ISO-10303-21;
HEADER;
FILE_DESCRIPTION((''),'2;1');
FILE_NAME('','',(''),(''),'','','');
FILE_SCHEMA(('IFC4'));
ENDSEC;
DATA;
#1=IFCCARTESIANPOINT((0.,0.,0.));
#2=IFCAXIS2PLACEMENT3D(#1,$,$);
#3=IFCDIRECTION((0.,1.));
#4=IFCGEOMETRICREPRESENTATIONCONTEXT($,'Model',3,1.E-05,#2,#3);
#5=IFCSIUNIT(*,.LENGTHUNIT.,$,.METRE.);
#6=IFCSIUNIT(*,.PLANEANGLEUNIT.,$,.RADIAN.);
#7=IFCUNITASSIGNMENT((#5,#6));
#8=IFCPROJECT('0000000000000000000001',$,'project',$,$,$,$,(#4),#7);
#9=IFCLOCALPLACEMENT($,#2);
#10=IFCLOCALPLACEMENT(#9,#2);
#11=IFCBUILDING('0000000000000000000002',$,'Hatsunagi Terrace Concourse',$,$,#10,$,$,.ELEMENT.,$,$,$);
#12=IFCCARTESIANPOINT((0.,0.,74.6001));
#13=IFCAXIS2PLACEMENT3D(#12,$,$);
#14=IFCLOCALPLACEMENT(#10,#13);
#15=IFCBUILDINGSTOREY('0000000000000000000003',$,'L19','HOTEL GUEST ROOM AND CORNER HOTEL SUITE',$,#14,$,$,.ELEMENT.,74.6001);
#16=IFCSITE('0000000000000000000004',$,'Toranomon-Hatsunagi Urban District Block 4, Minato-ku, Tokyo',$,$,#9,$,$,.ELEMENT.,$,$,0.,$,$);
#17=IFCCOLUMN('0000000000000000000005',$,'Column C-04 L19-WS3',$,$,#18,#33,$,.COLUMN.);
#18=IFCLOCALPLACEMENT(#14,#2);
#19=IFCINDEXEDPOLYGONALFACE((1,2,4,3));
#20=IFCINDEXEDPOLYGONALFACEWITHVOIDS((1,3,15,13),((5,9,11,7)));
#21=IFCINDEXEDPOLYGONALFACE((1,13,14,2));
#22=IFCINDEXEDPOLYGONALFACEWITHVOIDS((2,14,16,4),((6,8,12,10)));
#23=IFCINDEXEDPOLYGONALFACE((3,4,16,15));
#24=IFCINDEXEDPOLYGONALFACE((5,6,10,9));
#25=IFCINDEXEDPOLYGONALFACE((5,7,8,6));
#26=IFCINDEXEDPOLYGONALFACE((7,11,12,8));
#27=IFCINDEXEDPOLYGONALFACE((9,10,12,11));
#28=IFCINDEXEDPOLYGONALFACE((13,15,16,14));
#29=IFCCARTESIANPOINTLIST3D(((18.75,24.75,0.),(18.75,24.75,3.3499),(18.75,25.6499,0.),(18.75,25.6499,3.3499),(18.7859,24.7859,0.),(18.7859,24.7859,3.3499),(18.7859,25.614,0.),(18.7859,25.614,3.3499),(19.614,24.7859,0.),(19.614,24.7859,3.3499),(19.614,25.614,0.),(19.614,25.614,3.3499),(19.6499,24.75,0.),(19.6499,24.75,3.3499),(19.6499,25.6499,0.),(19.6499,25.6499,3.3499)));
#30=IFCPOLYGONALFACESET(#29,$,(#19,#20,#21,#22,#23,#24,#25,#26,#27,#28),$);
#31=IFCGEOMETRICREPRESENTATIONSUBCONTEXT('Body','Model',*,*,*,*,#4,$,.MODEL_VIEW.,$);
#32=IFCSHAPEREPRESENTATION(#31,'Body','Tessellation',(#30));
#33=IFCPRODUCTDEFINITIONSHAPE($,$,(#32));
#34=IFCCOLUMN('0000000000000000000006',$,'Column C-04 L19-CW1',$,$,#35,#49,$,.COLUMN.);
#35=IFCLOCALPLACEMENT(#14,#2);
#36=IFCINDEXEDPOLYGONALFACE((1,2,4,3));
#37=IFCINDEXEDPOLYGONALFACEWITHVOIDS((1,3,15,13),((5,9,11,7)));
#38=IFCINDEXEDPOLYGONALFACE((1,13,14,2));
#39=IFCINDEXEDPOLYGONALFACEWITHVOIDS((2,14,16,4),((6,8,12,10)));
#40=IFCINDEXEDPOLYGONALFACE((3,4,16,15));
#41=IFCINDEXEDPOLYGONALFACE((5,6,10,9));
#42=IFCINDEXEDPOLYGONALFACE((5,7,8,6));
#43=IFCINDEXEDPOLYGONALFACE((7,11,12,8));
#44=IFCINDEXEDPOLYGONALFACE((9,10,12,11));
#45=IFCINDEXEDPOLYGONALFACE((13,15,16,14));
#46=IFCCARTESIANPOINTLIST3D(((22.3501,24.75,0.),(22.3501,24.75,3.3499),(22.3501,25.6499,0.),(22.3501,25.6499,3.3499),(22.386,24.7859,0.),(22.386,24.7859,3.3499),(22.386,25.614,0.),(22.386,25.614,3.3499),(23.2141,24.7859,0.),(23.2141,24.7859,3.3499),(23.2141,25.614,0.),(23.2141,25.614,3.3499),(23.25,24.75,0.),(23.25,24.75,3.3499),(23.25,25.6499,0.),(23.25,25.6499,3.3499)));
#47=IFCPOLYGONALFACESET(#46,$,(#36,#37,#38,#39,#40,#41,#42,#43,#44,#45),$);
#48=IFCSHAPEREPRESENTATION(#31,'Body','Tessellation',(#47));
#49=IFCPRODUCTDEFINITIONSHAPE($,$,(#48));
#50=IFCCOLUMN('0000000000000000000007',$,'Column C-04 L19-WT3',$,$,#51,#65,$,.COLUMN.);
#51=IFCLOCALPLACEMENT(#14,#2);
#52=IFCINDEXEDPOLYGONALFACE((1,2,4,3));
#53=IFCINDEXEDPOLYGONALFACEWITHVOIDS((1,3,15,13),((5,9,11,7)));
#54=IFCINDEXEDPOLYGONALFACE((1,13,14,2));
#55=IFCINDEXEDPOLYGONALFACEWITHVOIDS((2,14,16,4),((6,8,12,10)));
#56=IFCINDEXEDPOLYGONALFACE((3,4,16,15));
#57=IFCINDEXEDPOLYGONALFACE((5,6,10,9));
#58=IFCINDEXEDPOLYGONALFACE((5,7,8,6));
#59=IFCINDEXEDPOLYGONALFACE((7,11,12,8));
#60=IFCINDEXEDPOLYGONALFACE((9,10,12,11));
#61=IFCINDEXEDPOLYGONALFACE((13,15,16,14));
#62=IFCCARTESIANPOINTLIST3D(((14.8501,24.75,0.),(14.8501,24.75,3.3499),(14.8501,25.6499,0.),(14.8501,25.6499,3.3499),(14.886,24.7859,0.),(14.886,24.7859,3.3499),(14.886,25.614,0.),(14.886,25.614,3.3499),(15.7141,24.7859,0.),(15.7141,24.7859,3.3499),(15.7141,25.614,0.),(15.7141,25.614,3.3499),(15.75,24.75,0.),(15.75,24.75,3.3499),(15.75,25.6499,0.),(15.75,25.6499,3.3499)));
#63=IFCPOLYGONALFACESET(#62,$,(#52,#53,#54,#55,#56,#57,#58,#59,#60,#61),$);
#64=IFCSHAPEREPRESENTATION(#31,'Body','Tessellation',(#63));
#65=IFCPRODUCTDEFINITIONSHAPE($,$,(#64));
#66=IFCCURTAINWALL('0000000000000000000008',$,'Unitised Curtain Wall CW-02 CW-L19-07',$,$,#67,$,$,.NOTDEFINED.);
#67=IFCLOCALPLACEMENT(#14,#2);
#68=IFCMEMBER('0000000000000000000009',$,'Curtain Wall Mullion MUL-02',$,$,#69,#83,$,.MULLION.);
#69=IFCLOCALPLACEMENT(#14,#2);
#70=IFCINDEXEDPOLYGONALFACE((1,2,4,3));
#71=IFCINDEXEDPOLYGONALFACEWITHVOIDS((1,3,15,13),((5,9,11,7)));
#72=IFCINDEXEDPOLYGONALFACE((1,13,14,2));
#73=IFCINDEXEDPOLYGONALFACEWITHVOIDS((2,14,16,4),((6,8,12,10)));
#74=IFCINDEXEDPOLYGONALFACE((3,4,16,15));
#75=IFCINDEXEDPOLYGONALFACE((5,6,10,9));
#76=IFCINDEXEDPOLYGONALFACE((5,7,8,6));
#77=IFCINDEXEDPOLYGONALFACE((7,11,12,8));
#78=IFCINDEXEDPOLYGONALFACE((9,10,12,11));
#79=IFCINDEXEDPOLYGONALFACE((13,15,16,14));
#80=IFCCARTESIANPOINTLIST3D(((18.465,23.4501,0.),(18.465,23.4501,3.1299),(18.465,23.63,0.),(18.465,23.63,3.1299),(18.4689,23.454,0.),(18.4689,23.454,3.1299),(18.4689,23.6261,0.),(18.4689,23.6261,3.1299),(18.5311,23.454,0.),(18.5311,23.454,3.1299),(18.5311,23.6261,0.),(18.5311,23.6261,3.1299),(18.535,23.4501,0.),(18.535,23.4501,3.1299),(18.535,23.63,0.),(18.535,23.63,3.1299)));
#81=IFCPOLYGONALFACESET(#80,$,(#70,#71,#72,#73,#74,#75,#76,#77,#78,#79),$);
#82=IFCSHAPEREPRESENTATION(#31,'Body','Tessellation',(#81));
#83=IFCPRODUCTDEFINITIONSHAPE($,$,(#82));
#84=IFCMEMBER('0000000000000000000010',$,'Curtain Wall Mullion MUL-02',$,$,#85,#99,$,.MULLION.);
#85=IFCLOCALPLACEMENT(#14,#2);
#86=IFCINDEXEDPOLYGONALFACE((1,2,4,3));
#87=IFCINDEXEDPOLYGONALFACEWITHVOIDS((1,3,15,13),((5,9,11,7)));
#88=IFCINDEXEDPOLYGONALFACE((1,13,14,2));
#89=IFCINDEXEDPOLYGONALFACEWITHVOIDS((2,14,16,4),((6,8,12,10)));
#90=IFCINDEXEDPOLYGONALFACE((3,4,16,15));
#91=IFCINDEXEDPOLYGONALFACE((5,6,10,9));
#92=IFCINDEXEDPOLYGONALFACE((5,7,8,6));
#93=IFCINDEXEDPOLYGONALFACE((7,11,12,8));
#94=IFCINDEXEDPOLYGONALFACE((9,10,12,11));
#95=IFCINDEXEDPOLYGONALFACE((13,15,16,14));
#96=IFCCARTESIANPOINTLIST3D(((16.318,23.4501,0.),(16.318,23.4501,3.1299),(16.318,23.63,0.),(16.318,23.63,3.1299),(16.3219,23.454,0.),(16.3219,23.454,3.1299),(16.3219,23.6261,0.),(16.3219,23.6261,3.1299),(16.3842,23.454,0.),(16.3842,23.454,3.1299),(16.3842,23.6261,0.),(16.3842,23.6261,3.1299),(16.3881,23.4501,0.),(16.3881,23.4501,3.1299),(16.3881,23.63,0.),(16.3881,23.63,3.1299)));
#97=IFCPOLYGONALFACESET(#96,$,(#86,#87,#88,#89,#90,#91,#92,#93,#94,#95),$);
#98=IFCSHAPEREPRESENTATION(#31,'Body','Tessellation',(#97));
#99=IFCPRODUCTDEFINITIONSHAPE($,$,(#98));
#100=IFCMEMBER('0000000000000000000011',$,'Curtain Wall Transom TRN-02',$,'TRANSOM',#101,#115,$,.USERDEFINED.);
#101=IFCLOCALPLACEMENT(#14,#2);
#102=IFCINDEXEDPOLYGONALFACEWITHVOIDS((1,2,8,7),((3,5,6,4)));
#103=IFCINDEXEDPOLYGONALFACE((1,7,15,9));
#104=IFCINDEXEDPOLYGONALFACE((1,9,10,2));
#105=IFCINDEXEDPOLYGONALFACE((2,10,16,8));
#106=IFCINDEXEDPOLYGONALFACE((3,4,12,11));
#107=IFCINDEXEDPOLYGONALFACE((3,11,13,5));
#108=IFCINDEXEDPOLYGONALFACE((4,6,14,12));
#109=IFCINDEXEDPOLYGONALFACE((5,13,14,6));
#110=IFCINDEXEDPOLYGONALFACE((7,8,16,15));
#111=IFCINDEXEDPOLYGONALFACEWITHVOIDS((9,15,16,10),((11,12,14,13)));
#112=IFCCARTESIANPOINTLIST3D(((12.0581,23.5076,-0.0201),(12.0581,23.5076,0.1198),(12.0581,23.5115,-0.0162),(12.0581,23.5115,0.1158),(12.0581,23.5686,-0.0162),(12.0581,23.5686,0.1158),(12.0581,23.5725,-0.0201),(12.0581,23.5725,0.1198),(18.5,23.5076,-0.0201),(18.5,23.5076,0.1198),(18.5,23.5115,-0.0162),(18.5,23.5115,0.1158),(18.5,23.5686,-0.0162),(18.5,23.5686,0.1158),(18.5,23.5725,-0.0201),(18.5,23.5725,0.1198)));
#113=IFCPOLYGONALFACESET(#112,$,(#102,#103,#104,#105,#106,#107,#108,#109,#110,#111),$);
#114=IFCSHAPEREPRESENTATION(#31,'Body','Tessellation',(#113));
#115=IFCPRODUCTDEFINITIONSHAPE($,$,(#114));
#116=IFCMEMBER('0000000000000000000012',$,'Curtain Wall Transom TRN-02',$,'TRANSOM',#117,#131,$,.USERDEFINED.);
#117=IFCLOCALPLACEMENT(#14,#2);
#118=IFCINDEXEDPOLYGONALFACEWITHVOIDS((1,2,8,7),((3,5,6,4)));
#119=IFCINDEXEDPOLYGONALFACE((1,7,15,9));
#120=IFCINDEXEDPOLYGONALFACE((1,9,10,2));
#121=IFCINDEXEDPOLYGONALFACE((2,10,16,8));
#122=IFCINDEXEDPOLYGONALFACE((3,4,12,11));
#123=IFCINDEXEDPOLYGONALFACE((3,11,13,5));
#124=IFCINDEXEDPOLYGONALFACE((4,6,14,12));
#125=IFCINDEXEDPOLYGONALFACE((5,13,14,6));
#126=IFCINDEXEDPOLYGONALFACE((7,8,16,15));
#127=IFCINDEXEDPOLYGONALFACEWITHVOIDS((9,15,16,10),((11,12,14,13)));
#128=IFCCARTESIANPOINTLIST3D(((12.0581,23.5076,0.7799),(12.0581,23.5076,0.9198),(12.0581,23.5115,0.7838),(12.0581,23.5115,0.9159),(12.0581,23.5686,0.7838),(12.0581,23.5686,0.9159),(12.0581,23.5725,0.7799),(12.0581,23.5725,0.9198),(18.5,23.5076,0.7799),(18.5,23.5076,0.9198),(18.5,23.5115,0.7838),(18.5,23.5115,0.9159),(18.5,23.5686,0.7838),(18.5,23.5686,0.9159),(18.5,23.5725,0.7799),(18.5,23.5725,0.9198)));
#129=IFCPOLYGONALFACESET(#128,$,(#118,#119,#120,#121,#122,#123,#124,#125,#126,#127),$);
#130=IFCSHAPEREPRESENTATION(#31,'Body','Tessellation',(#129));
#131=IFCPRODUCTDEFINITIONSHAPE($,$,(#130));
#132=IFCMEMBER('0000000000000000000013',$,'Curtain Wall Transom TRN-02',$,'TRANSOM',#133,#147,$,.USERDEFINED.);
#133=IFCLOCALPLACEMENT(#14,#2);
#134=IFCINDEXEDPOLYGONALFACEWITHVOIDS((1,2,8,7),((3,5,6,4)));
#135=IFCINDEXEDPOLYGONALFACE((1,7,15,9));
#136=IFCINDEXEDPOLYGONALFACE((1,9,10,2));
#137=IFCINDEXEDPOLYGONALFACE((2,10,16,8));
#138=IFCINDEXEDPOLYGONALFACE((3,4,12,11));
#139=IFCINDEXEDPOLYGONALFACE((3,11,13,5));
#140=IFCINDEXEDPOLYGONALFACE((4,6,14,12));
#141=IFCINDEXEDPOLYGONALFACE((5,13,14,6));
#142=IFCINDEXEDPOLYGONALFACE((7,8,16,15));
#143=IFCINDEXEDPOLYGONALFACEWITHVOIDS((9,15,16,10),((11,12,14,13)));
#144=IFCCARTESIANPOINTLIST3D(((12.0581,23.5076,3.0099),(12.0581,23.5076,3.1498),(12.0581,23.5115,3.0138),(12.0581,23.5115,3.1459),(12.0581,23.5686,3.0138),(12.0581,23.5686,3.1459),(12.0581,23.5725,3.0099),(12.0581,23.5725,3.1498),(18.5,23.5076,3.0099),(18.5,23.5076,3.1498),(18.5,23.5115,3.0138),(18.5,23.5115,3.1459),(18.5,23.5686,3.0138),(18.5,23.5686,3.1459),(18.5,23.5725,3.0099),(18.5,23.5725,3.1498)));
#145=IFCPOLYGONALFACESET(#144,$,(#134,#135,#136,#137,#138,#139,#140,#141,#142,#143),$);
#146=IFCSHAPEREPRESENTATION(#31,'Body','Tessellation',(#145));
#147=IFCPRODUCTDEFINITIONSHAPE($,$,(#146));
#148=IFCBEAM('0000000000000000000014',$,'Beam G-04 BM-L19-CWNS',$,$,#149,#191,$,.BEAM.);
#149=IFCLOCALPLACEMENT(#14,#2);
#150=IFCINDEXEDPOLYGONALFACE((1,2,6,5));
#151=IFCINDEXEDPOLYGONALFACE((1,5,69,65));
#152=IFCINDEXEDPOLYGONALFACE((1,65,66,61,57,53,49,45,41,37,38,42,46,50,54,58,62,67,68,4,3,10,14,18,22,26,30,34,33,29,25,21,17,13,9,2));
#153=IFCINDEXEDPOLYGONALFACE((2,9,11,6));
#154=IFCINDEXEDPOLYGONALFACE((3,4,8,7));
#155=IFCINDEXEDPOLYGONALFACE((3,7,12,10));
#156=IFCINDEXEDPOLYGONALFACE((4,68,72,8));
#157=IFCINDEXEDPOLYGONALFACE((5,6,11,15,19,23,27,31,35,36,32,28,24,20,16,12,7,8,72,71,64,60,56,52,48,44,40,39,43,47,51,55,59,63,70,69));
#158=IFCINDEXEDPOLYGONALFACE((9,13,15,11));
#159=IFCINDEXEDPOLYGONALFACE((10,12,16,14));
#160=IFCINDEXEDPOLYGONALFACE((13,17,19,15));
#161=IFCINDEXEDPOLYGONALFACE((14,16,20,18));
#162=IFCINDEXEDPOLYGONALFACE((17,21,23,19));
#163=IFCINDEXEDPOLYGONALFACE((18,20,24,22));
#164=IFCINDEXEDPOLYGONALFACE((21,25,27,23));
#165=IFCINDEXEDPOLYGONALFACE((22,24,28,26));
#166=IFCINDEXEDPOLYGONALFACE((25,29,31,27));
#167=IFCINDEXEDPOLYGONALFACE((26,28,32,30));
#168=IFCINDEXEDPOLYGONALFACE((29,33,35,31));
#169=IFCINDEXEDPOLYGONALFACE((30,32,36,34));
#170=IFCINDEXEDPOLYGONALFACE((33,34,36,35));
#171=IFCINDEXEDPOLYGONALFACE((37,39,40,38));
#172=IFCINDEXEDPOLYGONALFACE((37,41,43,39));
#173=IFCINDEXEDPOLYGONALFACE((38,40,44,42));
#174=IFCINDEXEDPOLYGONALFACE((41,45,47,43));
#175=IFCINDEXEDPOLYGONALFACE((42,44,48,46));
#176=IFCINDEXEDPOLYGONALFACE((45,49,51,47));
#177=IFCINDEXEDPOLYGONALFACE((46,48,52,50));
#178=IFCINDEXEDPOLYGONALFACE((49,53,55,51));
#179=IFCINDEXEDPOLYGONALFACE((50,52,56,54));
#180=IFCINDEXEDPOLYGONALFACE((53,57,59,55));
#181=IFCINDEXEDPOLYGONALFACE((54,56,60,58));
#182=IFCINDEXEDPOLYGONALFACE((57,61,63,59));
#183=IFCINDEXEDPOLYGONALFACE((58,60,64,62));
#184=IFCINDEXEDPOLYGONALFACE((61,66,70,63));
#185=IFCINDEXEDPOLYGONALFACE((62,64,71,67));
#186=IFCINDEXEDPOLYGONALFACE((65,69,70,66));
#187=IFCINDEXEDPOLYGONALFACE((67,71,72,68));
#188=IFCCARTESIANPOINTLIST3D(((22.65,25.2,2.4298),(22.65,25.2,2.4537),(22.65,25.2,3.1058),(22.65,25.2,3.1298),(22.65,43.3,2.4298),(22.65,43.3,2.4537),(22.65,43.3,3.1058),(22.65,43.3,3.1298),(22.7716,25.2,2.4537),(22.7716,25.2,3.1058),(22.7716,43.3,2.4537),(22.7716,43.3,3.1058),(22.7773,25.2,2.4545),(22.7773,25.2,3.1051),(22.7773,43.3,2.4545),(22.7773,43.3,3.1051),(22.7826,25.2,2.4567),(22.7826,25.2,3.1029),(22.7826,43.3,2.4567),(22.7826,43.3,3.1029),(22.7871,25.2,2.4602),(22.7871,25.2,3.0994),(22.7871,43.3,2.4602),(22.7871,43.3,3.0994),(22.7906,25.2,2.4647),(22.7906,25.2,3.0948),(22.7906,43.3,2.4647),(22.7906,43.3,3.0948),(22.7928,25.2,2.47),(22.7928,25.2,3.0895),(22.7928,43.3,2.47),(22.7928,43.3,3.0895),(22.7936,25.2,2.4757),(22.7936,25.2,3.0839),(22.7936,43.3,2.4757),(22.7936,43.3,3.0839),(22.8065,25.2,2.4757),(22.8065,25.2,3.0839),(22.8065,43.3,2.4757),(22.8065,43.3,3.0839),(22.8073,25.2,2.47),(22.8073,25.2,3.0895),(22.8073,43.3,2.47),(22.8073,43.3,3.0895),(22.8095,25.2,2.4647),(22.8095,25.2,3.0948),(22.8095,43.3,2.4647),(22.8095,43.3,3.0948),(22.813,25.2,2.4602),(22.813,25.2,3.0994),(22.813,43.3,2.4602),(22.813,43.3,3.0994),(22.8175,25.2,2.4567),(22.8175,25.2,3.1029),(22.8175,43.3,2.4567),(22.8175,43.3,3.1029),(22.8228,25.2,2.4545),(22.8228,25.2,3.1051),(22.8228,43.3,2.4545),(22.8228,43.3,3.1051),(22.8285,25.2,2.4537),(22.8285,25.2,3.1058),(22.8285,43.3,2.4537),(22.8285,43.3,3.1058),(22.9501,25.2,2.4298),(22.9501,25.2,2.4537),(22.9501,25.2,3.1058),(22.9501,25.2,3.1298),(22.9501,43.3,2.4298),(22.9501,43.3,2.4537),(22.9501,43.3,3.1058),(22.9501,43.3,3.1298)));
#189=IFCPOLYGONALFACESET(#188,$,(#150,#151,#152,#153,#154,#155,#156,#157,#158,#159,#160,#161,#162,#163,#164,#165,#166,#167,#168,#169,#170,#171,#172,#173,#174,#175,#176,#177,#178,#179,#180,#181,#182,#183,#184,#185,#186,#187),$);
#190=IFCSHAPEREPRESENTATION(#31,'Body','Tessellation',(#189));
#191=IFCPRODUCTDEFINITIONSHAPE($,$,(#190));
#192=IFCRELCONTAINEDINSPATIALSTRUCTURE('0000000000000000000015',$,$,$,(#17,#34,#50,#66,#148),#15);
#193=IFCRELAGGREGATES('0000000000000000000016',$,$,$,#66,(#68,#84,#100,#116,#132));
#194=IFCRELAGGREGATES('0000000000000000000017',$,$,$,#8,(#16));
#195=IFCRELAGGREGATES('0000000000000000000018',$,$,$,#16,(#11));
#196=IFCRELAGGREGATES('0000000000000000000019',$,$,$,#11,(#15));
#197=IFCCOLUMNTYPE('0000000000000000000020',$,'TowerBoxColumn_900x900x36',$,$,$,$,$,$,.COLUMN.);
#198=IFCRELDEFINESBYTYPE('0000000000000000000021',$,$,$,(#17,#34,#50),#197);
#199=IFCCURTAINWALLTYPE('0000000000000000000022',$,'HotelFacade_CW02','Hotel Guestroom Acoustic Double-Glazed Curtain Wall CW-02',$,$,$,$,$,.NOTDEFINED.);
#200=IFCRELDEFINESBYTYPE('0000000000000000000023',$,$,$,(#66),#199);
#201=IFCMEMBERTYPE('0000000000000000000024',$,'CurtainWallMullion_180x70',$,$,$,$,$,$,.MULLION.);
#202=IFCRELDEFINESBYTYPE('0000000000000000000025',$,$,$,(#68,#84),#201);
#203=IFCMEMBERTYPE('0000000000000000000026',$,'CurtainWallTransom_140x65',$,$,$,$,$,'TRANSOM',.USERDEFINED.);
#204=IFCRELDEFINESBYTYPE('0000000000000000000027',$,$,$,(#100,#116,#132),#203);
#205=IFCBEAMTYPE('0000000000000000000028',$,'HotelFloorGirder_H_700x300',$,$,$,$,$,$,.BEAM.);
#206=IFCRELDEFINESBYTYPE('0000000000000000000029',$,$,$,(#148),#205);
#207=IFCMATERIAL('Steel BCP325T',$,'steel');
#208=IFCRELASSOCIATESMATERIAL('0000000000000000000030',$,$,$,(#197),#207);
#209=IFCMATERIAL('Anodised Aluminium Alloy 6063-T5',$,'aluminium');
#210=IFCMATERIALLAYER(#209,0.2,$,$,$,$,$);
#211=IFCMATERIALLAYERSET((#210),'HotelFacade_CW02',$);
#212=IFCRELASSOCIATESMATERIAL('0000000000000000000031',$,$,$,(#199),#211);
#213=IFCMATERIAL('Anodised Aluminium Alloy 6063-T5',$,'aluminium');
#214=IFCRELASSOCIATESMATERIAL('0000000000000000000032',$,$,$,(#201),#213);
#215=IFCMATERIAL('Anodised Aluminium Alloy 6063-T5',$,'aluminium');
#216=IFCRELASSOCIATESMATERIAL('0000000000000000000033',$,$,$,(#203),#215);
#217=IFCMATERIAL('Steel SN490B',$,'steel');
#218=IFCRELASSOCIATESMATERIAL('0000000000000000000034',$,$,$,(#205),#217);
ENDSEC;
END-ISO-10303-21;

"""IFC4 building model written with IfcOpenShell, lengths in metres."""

from ifc_helpers import new_model, si_unit, direction, frame, origin, origin_2d, place, context, subcontext, project, spatial, hollow_rectangle, i_section, extrude, material, layer, layer_set, material_profile, profile_set, type_object, element, aggregate, save


model = new_model("IFC4")

# Units and contexts
model_context = context("Model", 3, precision=1e-05, world=origin(), true_north=direction((0.0, 1.0)))
body_context = subcontext(model_context, "Body", "Model", "MODEL_VIEW")
ifc_project = project(units=[si_unit("LENGTHUNIT", "METRE"), si_unit("PLANEANGLEUNIT", "RADIAN")], contexts=[model_context])

# Site, building, storey
site_placement = place(None, origin())
site = spatial("IfcSite", under=ifc_project, at=site_placement, Name="Toranomon-Hatsunagi Urban District Block 4, Minato-ku, Tokyo", CompositionType="ELEMENT", RefElevation=0.0)
building_placement = place(site_placement, origin())
building = spatial("IfcBuilding", under=site, at=building_placement, Name="Hatsunagi Terrace Concourse", CompositionType="ELEMENT")
storey_placement = place(building_placement, frame((0.0, 0.0, 74.6001)))
storey = spatial("IfcBuildingStorey", under=building, at=storey_placement, Name="L19", Description="HOTEL GUEST ROOM AND CORNER HOTEL SUITE", CompositionType="ELEMENT", Elevation=74.6001)

# Columns
ifc_material_1 = material(Name="Steel BCP325T", Category="steel")
ifc_material_profile_1 = material_profile(ifc_material_1, hollow_rectangle(XDim=0.8999, YDim=0.8999, WallThickness=0.0359, at=origin_2d()), Name="BCP-900x900x36")
ifc_profile_set_1 = profile_set([ifc_material_profile_1], Name="Steel BCP325T")
column_type = type_object("IfcColumnType", Name="TowerBoxColumn_900x900x36", PredefinedType="COLUMN", material=ifc_profile_set_1)
for number, where, z_axis, x_axis, name in (
    (1, (19.2, 25.2, 0.0), (0.0, 0.0, 1.0), (1.0, 0.0, 0.0), "Column C-04 L19-WS3"),
    (2, (22.8, 25.2, 0.0), (0.0, 0.0, 1.0), (1.0, 0.0, 0.0), "Column C-04 L19-CW1"),
    (3, (15.3, 25.2, 0.0), (0.0, 0.0, 1.0), (1.0, 0.0, 0.0), "Column C-04 L19-WT3"),
):
    element("IfcColumn", number, at=place(storey_placement, frame(where, z_axis=z_axis, x_axis=x_axis)), inside=storey, type_object=column_type, Name=name, PredefinedType="COLUMN", context=body_context, shape_type="SweptSolid", body=[
        extrude(hollow_rectangle(XDim=0.8999, YDim=0.8999, WallThickness=0.0359, at=origin_2d()), origin(), (0.0, 0.0, 1.0), 3.3499),
    ])

# Curtain wall, members
ifc_material_2 = material(Name="Anodised Aluminium Alloy 6063-T5", Category="aluminium")
ifc_layer_1 = layer(ifc_material_2, 0.2)
ifc_layer_set_1 = layer_set([ifc_layer_1], Name="HotelFacade_CW02")
curtain_wall_type = type_object("IfcCurtainWallType", Name="HotelFacade_CW02", Description="Hotel Guestroom Acoustic Double-Glazed Curtain Wall CW-02", PredefinedType="NOTDEFINED", material=ifc_layer_set_1)
curtain_wall_placement = place(storey_placement, origin())
curtain_wall = element("IfcCurtainWall", 4, at=curtain_wall_placement, inside=storey, type_object=curtain_wall_type, Name="Unitised Curtain Wall CW-02 CW-L19-07", PredefinedType="NOTDEFINED")
ifc_material_3 = material(Name="Anodised Aluminium Alloy 6063-T5", Category="aluminium")
ifc_material_profile_2 = material_profile(ifc_material_3, hollow_rectangle(XDim=0.0701, YDim=0.1799, WallThickness=0.0039, at=origin_2d()), Name="ALU-MUL-180x70x4")
ifc_profile_set_2 = profile_set([ifc_material_profile_2], Name="Anodised Aluminium Alloy 6063-T5")
member_type_1 = type_object("IfcMemberType", Name="CurtainWallMullion_180x70", PredefinedType="MULLION", material=ifc_profile_set_2)
member_1_placement = place(storey_placement, frame((18.5, 23.54, 0.0), z_axis=(0.0, 0.0, 1.0), x_axis=(-1.0, 0.0, 0.0)))
member_1 = element("IfcMember", 5, at=member_1_placement, type_object=member_type_1, Name="Curtain Wall Mullion MUL-02", PredefinedType="MULLION", context=body_context, shape_type="SweptSolid", body=[
    extrude(hollow_rectangle(XDim=0.0701, YDim=0.1799, WallThickness=0.0039, at=origin_2d()), origin(), (0.0, 0.0, 1.0), 3.1299),
])
member_2_placement = place(storey_placement, frame((16.353, 23.54, 0.0), z_axis=(0.0, 0.0, 1.0), x_axis=(-1.0, 0.0, 0.0)))
member_2 = element("IfcMember", 6, at=member_2_placement, type_object=member_type_1, Name="Curtain Wall Mullion MUL-02", PredefinedType="MULLION", context=body_context, shape_type="SweptSolid", body=[
    extrude(hollow_rectangle(XDim=0.0701, YDim=0.1799, WallThickness=0.0039, at=origin_2d()), origin(), (0.0, 0.0, 1.0), 3.1299),
])
ifc_material_4 = material(Name="Anodised Aluminium Alloy 6063-T5", Category="aluminium")
ifc_material_profile_3 = material_profile(ifc_material_4, hollow_rectangle(XDim=0.0649, YDim=0.1399, WallThickness=0.0039, at=origin_2d()), Name="ALU-TRN-140x65x4")
ifc_profile_set_3 = profile_set([ifc_material_profile_3], Name="Anodised Aluminium Alloy 6063-T5")
member_type_2 = type_object("IfcMemberType", Name="CurtainWallTransom_140x65", ElementType="TRANSOM", PredefinedType="USERDEFINED", material=ifc_profile_set_3)
member_3_placement = place(storey_placement, frame((18.5, 23.54, 0.0498), z_axis=(-1.0, 0.0, 0.0), x_axis=(0.0, -1.0, 0.0)))
member_3 = element("IfcMember", 7, at=member_3_placement, type_object=member_type_2, Name="Curtain Wall Transom TRN-02", ObjectType="TRANSOM", PredefinedType="USERDEFINED", context=body_context, shape_type="SweptSolid", body=[
    extrude(hollow_rectangle(XDim=0.0649, YDim=0.1399, WallThickness=0.0039, at=origin_2d()), origin(), (0.0, 0.0, 1.0), 6.4419),
])
member_4_placement = place(storey_placement, frame((18.5, 23.54, 0.8499), z_axis=(-1.0, 0.0, 0.0), x_axis=(0.0, -1.0, 0.0)))
member_4 = element("IfcMember", 8, at=member_4_placement, type_object=member_type_2, Name="Curtain Wall Transom TRN-02", ObjectType="TRANSOM", PredefinedType="USERDEFINED", context=body_context, shape_type="SweptSolid", body=[
    extrude(hollow_rectangle(XDim=0.0649, YDim=0.1399, WallThickness=0.0039, at=origin_2d()), origin(), (0.0, 0.0, 1.0), 6.4419),
])
member_5_placement = place(storey_placement, frame((18.5, 23.54, 3.0798), z_axis=(-1.0, 0.0, 0.0), x_axis=(0.0, -1.0, 0.0)))
member_5 = element("IfcMember", 9, at=member_5_placement, type_object=member_type_2, Name="Curtain Wall Transom TRN-02", ObjectType="TRANSOM", PredefinedType="USERDEFINED", context=body_context, shape_type="SweptSolid", body=[
    extrude(hollow_rectangle(XDim=0.0649, YDim=0.1399, WallThickness=0.0039, at=origin_2d()), origin(), (0.0, 0.0, 1.0), 6.4419),
])

# Beam
ifc_material_5 = material(Name="Steel SN490B", Category="steel")
ifc_material_profile_4 = material_profile(ifc_material_5, i_section(OverallWidth=0.3, OverallDepth=0.7, WebThickness=0.0129, FlangeThickness=0.0239, FilletRadius=0.022, at=origin_2d()), Name="H-700x300x13x24")
ifc_profile_set_4 = profile_set([ifc_material_profile_4], Name="Steel SN490B")
beam_type_1 = type_object("IfcBeamType", Name="HotelFloorGirder_H_700x300", PredefinedType="BEAM", material=ifc_profile_set_4)
beam_1_placement = place(storey_placement, frame((22.8, 25.2, 2.7798), z_axis=(0.0, 1.0, 0.0), x_axis=(-1.0, 0.0, 0.0)))
element("IfcBeam", 10, at=beam_1_placement, inside=storey, type_object=beam_type_1, Name="Beam G-04 BM-L19-CWNS", PredefinedType="BEAM", context=body_context, shape_type="SweptSolid", body=[
    extrude(i_section(OverallWidth=0.3, OverallDepth=0.7, WebThickness=0.0129, FlangeThickness=0.0239, FilletRadius=0.022, at=origin_2d()), origin(), (0.0, 0.0, 1.0), 18.1001),
])

aggregate(curtain_wall, [member_1, member_2, member_3, member_4, member_5])

save(model, "model.ifc")
